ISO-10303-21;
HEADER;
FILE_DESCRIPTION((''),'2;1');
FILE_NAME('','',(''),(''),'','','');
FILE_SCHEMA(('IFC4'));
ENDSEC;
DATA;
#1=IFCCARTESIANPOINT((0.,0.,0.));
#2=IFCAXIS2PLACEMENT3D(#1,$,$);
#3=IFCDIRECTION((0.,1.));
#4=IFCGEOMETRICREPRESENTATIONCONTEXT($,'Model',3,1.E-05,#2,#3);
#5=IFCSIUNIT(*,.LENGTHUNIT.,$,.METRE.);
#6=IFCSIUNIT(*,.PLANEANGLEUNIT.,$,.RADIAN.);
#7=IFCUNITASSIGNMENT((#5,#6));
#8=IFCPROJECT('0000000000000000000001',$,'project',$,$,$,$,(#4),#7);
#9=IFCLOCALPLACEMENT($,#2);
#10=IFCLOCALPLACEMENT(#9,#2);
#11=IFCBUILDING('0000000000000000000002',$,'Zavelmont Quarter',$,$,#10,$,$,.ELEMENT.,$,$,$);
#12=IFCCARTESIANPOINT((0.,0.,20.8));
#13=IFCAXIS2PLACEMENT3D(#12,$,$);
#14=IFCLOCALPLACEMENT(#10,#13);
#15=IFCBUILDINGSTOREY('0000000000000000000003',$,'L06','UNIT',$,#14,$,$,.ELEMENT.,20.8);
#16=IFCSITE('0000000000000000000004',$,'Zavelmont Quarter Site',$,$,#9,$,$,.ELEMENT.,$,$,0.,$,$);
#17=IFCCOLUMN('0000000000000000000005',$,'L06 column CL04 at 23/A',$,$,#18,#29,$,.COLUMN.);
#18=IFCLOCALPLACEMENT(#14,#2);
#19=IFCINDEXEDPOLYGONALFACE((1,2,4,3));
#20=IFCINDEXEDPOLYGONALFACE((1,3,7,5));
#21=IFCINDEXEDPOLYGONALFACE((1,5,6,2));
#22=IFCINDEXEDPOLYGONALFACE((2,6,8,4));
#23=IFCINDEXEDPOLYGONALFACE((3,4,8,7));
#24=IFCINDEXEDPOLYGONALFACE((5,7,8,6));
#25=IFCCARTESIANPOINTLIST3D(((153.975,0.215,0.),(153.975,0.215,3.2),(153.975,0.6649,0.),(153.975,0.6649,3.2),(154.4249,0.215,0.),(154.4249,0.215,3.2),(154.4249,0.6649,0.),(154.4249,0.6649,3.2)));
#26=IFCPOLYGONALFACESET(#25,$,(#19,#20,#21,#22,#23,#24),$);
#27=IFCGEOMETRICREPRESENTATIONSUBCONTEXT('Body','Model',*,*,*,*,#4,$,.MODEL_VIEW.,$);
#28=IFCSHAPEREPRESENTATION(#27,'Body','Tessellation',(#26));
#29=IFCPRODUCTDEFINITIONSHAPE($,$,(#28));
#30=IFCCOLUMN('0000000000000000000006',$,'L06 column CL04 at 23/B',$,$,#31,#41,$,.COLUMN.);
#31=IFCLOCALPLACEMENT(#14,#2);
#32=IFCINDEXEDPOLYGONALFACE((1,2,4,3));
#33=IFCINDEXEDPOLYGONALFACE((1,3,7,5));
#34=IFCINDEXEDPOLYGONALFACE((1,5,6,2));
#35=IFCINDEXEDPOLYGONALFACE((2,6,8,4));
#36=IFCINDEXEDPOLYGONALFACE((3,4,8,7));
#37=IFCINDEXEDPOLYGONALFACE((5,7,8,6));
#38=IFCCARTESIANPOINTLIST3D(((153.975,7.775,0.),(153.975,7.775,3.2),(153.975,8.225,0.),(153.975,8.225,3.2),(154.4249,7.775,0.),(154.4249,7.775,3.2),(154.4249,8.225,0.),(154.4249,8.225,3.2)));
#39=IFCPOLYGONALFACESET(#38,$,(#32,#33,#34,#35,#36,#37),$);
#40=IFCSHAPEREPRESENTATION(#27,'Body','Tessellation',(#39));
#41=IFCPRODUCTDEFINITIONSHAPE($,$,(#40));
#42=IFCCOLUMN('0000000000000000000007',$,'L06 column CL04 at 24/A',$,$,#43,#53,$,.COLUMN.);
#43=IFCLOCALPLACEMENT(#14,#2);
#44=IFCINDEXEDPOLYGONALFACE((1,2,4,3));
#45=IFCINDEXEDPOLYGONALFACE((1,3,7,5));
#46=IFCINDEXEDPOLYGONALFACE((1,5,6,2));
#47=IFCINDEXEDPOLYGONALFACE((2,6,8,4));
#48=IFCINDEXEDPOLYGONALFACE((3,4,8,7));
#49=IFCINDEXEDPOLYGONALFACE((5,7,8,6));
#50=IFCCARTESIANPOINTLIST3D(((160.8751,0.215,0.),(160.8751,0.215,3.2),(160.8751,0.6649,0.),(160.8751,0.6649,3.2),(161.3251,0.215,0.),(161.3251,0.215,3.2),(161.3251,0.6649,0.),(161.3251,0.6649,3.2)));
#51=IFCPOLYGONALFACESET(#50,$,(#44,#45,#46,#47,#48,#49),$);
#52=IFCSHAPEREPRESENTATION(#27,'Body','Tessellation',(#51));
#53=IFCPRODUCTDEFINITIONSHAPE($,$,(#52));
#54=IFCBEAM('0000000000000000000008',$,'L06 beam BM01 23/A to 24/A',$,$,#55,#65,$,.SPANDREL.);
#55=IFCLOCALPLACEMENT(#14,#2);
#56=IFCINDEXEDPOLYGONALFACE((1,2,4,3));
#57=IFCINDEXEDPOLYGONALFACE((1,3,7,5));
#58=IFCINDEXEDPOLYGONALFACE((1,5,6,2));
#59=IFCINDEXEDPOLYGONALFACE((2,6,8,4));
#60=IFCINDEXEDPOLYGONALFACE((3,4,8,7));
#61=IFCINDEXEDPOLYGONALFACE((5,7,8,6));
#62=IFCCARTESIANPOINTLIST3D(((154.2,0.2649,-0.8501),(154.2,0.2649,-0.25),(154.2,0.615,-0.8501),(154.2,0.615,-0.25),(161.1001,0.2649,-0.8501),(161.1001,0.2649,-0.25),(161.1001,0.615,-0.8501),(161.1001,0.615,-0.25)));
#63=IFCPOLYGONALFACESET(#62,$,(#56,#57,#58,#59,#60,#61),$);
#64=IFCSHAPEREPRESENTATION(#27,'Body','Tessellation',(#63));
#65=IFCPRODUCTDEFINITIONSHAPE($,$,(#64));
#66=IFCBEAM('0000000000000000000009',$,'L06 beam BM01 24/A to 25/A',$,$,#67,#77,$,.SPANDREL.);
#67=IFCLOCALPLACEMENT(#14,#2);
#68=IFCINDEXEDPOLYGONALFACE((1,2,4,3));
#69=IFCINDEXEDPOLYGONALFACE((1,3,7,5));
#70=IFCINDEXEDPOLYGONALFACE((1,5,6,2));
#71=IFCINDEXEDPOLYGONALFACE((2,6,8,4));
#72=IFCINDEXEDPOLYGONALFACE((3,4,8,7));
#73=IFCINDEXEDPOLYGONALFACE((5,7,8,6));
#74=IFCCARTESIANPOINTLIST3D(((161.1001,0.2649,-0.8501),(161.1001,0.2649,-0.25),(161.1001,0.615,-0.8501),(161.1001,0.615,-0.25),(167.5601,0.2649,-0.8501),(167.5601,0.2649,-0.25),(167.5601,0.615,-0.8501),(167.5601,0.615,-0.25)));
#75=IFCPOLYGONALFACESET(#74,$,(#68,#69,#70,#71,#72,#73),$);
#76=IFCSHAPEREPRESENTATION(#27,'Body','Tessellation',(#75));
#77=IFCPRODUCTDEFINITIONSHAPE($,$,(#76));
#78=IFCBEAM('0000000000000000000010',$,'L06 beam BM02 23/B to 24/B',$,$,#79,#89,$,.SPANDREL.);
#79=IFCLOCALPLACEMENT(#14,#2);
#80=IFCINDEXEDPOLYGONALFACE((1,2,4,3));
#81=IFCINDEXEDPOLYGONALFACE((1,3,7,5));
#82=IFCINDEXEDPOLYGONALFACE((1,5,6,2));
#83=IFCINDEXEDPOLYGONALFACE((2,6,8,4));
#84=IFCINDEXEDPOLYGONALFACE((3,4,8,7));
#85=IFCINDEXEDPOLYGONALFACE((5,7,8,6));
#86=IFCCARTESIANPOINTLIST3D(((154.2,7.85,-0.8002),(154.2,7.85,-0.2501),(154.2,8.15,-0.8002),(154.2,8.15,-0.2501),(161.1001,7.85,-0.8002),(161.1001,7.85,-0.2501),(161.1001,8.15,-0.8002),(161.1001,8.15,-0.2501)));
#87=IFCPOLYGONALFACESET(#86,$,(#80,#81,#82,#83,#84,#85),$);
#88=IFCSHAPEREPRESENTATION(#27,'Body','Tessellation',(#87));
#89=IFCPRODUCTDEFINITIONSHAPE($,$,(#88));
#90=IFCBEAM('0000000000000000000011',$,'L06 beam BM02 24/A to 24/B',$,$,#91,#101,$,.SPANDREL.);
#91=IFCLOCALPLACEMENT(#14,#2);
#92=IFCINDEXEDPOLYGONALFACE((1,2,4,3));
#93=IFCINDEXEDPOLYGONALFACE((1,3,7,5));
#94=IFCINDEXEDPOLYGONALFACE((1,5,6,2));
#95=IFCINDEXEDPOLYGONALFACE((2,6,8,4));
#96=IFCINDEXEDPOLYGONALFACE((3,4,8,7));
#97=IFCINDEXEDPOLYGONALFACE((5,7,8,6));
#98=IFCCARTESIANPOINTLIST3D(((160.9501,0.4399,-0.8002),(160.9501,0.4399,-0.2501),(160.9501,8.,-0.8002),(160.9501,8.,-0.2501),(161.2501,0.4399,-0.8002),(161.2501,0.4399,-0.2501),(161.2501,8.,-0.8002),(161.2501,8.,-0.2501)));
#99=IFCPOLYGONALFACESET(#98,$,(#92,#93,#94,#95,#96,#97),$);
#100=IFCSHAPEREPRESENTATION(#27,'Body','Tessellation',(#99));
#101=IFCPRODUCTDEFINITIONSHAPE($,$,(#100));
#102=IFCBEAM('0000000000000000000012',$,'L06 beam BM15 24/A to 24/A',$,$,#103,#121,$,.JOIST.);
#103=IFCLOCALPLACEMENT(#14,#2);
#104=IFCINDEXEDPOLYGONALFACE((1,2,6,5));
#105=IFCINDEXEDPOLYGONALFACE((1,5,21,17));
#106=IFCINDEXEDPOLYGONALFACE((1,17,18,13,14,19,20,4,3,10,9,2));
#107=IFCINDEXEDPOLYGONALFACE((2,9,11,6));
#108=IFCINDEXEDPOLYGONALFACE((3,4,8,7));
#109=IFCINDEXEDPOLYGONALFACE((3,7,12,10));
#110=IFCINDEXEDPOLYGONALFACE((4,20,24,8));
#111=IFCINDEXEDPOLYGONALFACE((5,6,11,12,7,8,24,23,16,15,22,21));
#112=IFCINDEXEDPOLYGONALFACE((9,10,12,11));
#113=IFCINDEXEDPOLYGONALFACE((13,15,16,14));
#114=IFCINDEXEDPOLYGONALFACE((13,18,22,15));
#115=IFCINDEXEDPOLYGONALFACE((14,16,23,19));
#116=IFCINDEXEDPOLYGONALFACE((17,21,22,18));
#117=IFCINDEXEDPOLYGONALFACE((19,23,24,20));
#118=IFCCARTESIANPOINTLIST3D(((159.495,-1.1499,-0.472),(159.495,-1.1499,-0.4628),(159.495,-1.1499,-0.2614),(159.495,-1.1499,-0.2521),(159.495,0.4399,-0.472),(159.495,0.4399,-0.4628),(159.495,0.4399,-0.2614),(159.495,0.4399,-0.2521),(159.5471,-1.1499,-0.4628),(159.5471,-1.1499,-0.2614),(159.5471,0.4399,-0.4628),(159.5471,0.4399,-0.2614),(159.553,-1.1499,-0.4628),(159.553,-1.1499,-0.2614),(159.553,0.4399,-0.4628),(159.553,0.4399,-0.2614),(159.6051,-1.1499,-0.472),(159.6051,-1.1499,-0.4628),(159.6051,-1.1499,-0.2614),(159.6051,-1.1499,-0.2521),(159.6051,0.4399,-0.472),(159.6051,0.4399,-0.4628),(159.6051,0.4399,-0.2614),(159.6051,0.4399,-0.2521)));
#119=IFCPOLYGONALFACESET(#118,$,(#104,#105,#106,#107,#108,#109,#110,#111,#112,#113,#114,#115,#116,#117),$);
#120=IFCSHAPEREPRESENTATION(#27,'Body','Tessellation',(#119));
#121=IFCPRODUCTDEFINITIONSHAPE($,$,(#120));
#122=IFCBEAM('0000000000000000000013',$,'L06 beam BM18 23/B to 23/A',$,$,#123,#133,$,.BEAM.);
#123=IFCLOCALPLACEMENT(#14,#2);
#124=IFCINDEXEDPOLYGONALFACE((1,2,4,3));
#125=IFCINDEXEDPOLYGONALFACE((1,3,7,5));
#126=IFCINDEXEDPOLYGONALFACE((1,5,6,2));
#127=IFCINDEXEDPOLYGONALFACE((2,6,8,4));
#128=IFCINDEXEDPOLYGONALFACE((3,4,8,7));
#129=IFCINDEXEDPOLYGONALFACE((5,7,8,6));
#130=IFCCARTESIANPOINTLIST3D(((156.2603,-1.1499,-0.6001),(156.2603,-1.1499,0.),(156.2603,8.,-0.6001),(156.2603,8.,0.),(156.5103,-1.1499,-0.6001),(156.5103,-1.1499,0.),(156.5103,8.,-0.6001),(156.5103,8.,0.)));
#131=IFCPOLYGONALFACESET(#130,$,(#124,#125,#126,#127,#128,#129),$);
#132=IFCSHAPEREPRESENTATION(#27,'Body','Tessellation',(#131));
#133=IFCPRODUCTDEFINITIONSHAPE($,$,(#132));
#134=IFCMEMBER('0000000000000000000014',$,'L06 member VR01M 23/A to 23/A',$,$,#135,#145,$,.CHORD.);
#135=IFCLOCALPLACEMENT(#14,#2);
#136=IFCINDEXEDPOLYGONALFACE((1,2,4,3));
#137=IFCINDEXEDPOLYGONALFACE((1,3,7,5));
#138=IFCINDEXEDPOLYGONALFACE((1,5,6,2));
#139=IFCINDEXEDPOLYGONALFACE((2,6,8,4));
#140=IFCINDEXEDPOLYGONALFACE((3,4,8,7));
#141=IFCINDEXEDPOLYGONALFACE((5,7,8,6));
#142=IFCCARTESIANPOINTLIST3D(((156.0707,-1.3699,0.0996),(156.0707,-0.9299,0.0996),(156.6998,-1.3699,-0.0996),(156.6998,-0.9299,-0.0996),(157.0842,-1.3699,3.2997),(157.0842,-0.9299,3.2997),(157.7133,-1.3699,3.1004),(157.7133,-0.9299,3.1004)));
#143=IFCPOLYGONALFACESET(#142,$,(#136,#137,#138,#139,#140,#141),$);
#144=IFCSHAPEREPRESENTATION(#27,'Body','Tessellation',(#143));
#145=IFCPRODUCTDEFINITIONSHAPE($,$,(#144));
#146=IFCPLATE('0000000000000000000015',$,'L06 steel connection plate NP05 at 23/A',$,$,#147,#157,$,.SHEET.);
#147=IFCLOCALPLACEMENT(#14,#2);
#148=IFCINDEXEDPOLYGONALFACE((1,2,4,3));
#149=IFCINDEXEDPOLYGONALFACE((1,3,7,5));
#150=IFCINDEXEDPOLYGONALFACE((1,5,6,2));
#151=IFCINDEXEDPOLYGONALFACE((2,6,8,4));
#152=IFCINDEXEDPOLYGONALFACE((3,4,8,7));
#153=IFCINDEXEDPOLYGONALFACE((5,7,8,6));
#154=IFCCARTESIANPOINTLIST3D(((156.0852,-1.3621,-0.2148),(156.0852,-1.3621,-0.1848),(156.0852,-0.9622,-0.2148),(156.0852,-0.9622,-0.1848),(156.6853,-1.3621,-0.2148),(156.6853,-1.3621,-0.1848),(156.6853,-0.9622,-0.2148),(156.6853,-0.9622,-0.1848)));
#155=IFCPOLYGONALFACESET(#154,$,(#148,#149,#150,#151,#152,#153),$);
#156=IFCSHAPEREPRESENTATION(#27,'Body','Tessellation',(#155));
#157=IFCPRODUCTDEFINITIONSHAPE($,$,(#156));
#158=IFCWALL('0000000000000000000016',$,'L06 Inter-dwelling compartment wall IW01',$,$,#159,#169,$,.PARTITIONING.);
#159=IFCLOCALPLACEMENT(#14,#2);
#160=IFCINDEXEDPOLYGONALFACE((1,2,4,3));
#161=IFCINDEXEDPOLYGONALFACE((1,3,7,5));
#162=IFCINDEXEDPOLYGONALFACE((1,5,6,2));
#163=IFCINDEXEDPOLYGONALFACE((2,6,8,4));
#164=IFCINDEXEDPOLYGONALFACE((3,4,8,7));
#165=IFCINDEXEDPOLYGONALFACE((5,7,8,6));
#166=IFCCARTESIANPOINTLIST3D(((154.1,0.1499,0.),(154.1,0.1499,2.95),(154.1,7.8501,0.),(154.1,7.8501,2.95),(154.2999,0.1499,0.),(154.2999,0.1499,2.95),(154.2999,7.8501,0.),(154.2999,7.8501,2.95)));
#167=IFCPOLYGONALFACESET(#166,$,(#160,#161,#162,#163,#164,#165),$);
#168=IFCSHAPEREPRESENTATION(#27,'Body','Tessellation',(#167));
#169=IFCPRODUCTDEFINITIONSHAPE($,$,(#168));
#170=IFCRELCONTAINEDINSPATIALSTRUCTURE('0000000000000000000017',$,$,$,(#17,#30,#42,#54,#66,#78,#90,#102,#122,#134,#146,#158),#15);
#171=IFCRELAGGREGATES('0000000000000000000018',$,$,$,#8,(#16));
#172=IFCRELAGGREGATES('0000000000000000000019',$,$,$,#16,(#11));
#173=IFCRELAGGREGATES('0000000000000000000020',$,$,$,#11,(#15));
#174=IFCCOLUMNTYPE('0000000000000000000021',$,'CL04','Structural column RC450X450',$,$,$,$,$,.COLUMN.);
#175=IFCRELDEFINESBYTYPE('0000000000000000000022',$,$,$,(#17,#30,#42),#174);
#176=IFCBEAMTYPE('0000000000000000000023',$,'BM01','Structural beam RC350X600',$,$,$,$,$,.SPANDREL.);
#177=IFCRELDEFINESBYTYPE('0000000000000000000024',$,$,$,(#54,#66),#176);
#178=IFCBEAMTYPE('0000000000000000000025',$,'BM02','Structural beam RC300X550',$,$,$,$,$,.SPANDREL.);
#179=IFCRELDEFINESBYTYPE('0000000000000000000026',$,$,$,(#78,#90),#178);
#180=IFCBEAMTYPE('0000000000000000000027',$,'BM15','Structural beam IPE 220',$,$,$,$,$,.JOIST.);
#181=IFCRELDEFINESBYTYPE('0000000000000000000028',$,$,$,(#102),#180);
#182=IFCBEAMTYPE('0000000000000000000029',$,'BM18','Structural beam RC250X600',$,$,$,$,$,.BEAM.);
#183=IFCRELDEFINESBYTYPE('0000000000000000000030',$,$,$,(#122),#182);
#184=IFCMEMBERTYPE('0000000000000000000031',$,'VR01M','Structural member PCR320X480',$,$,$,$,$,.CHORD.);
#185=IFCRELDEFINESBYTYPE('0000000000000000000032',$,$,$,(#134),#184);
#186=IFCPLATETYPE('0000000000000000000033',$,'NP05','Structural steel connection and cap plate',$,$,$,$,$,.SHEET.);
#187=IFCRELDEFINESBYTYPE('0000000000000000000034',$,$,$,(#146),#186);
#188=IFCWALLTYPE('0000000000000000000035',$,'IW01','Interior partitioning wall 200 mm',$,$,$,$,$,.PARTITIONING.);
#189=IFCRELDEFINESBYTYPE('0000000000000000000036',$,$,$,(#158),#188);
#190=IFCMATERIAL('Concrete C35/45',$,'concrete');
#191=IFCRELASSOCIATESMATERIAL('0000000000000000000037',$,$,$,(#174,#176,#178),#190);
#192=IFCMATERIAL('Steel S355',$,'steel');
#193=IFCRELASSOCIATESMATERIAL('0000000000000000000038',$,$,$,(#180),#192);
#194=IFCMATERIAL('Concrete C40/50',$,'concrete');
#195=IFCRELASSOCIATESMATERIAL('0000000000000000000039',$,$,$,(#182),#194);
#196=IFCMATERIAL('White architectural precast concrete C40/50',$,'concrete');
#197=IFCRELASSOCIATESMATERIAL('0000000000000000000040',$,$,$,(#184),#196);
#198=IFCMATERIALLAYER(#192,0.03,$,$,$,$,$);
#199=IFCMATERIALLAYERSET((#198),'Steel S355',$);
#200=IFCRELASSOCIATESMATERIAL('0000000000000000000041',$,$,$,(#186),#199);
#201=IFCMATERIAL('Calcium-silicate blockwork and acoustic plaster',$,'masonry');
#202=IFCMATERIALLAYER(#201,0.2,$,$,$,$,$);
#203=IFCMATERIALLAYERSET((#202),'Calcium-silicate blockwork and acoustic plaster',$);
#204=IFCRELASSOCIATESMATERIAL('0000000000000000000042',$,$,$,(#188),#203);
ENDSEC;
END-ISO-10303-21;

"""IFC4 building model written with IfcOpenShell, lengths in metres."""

from ifc_helpers import new_model, si_unit, direction, frame, frame_2d, origin, origin_2d, place, context, subcontext, project, spatial, rectangle, i_section, extrude, material, layer, layer_set, material_profile, profile_set, type_object, element, save


model = new_model("IFC4")

# Units and contexts
model_context = context("Model", 3, precision=1e-05, world=origin(), true_north=direction((0.0, 1.0)))
body_context = subcontext(model_context, "Body", "Model", "MODEL_VIEW")
ifc_project = project(units=[si_unit("LENGTHUNIT", "METRE"), si_unit("PLANEANGLEUNIT", "RADIAN")], contexts=[model_context])

# Site, building, storey
site_placement = place(None, origin())
site = spatial("IfcSite", under=ifc_project, at=site_placement, Name="Zavelmont Quarter Site", CompositionType="ELEMENT", RefElevation=0.0)
building_placement = place(site_placement, origin())
building = spatial("IfcBuilding", under=site, at=building_placement, Name="Zavelmont Quarter", CompositionType="ELEMENT")
storey_placement = place(building_placement, frame((0.0, 0.0, 20.8)))
storey = spatial("IfcBuildingStorey", under=building, at=storey_placement, Name="L06", Description="UNIT", CompositionType="ELEMENT", Elevation=20.8)

# Columns
ifc_material_1 = material(Name="Concrete C35/45", Category="concrete")
ifc_material_profile_1 = material_profile(ifc_material_1, rectangle(XDim=0.45, YDim=0.45, at=origin_2d()), Name="RC450X450")
ifc_profile_set_1 = profile_set([ifc_material_profile_1], Name="Concrete C35/45")
column_type = type_object("IfcColumnType", Name="CL04", Description="Structural column RC450X450", PredefinedType="COLUMN", material=ifc_profile_set_1)
for number, where, z_axis, x_axis, name in (
    (1, (154.2, 0.4399, 0.0), (0.0, 0.0, 1.0), (1.0, 0.0, 0.0), "L06 column CL04 at 23/A"),
    (2, (154.2, 8.0, 0.0), (0.0, 0.0, 1.0), (1.0, 0.0, 0.0), "L06 column CL04 at 23/B"),
    (3, (161.1001, 0.4399, 0.0), (0.0, 0.0, 1.0), (1.0, 0.0, 0.0), "L06 column CL04 at 24/A"),
):
    element("IfcColumn", number, at=place(storey_placement, frame(where, z_axis=z_axis, x_axis=x_axis)), inside=storey, type_object=column_type, Name=name, PredefinedType="COLUMN", context=body_context, shape_type="SweptSolid", body=[
        extrude(rectangle(XDim=0.45, YDim=0.45, at=origin_2d()), origin(), (0.0, 0.0, 1.0), 3.2),
    ])

# Beams
ifc_material_profile_2 = material_profile(ifc_material_1, rectangle(XDim=0.3501, YDim=0.6001, at=origin_2d()), Name="RC350X600")
ifc_profile_set_2 = profile_set([ifc_material_profile_2], Name="Concrete C35/45")
beam_type_1 = type_object("IfcBeamType", Name="BM01", Description="Structural beam RC350X600", PredefinedType="SPANDREL", material=ifc_profile_set_2)
beam_1_placement = place(storey_placement, frame((154.2, 0.4399, -0.55), z_axis=(1.0, 0.0, 0.0), x_axis=(0.0, 1.0, 0.0)))
element("IfcBeam", 4, at=beam_1_placement, inside=storey, type_object=beam_type_1, Name="L06 beam BM01 23/A to 24/A", PredefinedType="SPANDREL", context=body_context, shape_type="SweptSolid", body=[
    extrude(rectangle(XDim=0.3501, YDim=0.6001, at=origin_2d()), origin(), (0.0, 0.0, 1.0), 6.9001),
])
beam_2_placement = place(storey_placement, frame((161.1001, 0.4399, -0.55), z_axis=(1.0, 0.0, 0.0), x_axis=(0.0, 1.0, 0.0)))
element("IfcBeam", 5, at=beam_2_placement, inside=storey, type_object=beam_type_1, Name="L06 beam BM01 24/A to 25/A", PredefinedType="SPANDREL", context=body_context, shape_type="SweptSolid", body=[
    extrude(rectangle(XDim=0.3501, YDim=0.6001, at=origin_2d()), origin(), (0.0, 0.0, 1.0), 6.46),
])
ifc_material_profile_3 = material_profile(ifc_material_1, rectangle(XDim=0.3, YDim=0.55, at=origin_2d()), Name="RC300X550")
ifc_profile_set_3 = profile_set([ifc_material_profile_3], Name="Concrete C35/45")
beam_type_2 = type_object("IfcBeamType", Name="BM02", Description="Structural beam RC300X550", PredefinedType="SPANDREL", material=ifc_profile_set_3)
beam_3_placement = place(storey_placement, frame((154.2, 8.0, -0.5251), z_axis=(1.0, 0.0, 0.0), x_axis=(0.0, 1.0, 0.0)))
element("IfcBeam", 6, at=beam_3_placement, inside=storey, type_object=beam_type_2, Name="L06 beam BM02 23/B to 24/B", PredefinedType="SPANDREL", context=body_context, shape_type="SweptSolid", body=[
    extrude(rectangle(XDim=0.3, YDim=0.55, at=origin_2d()), origin(), (0.0, 0.0, 1.0), 6.9001),
])
beam_4_placement = place(storey_placement, frame((161.1001, 0.4399, -0.5251), z_axis=(0.0, 1.0, 0.0), x_axis=(-1.0, 0.0, 0.0)))
element("IfcBeam", 7, at=beam_4_placement, inside=storey, type_object=beam_type_2, Name="L06 beam BM02 24/A to 24/B", PredefinedType="SPANDREL", context=body_context, shape_type="SweptSolid", body=[
    extrude(rectangle(XDim=0.3, YDim=0.55, at=origin_2d()), origin(), (0.0, 0.0, 1.0), 7.5601),
])
ifc_material_2 = material(Name="Steel S355", Category="steel")
ifc_material_profile_4 = material_profile(ifc_material_2, i_section(OverallWidth=0.1101, OverallDepth=0.22, WebThickness=0.0059, FlangeThickness=0.0093, at=origin_2d()), Name="IPE 220")
ifc_profile_set_4 = profile_set([ifc_material_profile_4], Name="Steel S355")
beam_type_3 = type_object("IfcBeamType", Name="BM15", Description="Structural beam IPE 220", PredefinedType="JOIST", material=ifc_profile_set_4)
beam_5_placement = place(storey_placement, frame((159.55, 0.4399, -0.3621), z_axis=(0.0, -1.0, 0.0), x_axis=(1.0, 0.0, 0.0)))
element("IfcBeam", 8, at=beam_5_placement, inside=storey, type_object=beam_type_3, Name="L06 beam BM15 24/A to 24/A", PredefinedType="JOIST", context=body_context, shape_type="SweptSolid", body=[
    extrude(i_section(OverallWidth=0.1101, OverallDepth=0.22, WebThickness=0.0059, FlangeThickness=0.0093, at=origin_2d()), origin(), (0.0, 0.0, 1.0), 1.5898),
])
ifc_material_3 = material(Name="Concrete C40/50", Category="concrete")
ifc_material_profile_5 = material_profile(ifc_material_3, rectangle(XDim=0.25, YDim=0.6001, at=origin_2d()), Name="RC250X600")
ifc_profile_set_5 = profile_set([ifc_material_profile_5], Name="Concrete C40/50")
beam_type_4 = type_object("IfcBeamType", Name="BM18", Description="Structural beam RC250X600", PredefinedType="BEAM", material=ifc_profile_set_5)
beam_6_placement = place(storey_placement, frame((156.3853, 8.0, -0.3), z_axis=(0.0, -1.0, 0.0), x_axis=(1.0, 0.0, 0.0)))
element("IfcBeam", 9, at=beam_6_placement, inside=storey, type_object=beam_type_4, Name="L06 beam BM18 23/B to 23/A", PredefinedType="BEAM", context=body_context, shape_type="SweptSolid", body=[
    extrude(rectangle(XDim=0.25, YDim=0.6001, at=origin_2d()), origin(), (0.0, 0.0, 1.0), 9.1499),
])

# Member
ifc_material_4 = material(Name="White architectural precast concrete C40/50", Category="concrete")
ifc_material_profile_6 = material_profile(ifc_material_4, rectangle(XDim=0.4399, YDim=0.6599, at=origin_2d()), Name="PCR320X480")
ifc_profile_set_6 = profile_set([ifc_material_profile_6], Name="White architectural precast concrete C40/50")
member_type = type_object("IfcMemberType", Name="VR01M", Description="Structural member PCR320X480", PredefinedType="CHORD", material=ifc_profile_set_6)
member_placement = place(storey_placement, frame((156.3853, -1.1499, 0.0), z_axis=(0.301921, 0.0, 0.953333), x_axis=(0.0, 1.0, 0.0)))
element("IfcMember", 10, at=member_placement, inside=storey, type_object=member_type, Name="L06 member VR01M 23/A to 23/A", PredefinedType="CHORD", context=body_context, shape_type="SweptSolid", body=[
    extrude(rectangle(XDim=0.4399, YDim=0.6599, at=origin_2d()), origin(), (0.0, 0.0, 1.0), 3.3567),
])

# Plate
ifc_layer_1 = layer(ifc_material_2, 0.03)
ifc_layer_set_1 = layer_set([ifc_layer_1], Name="Steel S355")
plate_type = type_object("IfcPlateType", Name="NP05", Description="Structural steel connection and cap plate", PredefinedType="SHEET", material=ifc_layer_set_1)
plate_placement = place(storey_placement, frame((156.3853, -1.1621, -0.2148), z_axis=(0.0, 0.0, 1.0), x_axis=(1.0, 0.0, 0.0)))
element("IfcPlate", 11, at=plate_placement, inside=storey, type_object=plate_type, Name="L06 steel connection plate NP05 at 23/A", PredefinedType="SHEET", context=body_context, shape_type="SweptSolid", body=[
    extrude(rectangle(XDim=0.6001, YDim=0.3999, at=origin_2d()), origin(), (0.0, 0.0, 1.0), 0.03),
])

# Wall
ifc_material_5 = material(Name="Calcium-silicate blockwork and acoustic plaster", Category="masonry")
ifc_layer_2 = layer(ifc_material_5, 0.2)
ifc_layer_set_2 = layer_set([ifc_layer_2], Name="Calcium-silicate blockwork and acoustic plaster")
wall_type_1 = type_object("IfcWallType", Name="IW01", Description="Interior partitioning wall 200 mm", PredefinedType="PARTITIONING", material=ifc_layer_set_2)
wall_1_placement = place(storey_placement, frame((154.2, 7.8501, 0.0), z_axis=(0.0, 0.0, 1.0), x_axis=(0.0, -1.0, 0.0)))
element("IfcWall", 12, at=wall_1_placement, inside=storey, type_object=wall_type_1, Name="L06 Inter-dwelling compartment wall IW01", PredefinedType="PARTITIONING", context=body_context, shape_type="SweptSolid", body=[
    extrude(rectangle(XDim=7.7002, YDim=0.2, at=frame_2d((3.8501, 0.0))), origin(), (0.0, 0.0, 1.0), 2.95),
])

save(model, "model.ifc")
